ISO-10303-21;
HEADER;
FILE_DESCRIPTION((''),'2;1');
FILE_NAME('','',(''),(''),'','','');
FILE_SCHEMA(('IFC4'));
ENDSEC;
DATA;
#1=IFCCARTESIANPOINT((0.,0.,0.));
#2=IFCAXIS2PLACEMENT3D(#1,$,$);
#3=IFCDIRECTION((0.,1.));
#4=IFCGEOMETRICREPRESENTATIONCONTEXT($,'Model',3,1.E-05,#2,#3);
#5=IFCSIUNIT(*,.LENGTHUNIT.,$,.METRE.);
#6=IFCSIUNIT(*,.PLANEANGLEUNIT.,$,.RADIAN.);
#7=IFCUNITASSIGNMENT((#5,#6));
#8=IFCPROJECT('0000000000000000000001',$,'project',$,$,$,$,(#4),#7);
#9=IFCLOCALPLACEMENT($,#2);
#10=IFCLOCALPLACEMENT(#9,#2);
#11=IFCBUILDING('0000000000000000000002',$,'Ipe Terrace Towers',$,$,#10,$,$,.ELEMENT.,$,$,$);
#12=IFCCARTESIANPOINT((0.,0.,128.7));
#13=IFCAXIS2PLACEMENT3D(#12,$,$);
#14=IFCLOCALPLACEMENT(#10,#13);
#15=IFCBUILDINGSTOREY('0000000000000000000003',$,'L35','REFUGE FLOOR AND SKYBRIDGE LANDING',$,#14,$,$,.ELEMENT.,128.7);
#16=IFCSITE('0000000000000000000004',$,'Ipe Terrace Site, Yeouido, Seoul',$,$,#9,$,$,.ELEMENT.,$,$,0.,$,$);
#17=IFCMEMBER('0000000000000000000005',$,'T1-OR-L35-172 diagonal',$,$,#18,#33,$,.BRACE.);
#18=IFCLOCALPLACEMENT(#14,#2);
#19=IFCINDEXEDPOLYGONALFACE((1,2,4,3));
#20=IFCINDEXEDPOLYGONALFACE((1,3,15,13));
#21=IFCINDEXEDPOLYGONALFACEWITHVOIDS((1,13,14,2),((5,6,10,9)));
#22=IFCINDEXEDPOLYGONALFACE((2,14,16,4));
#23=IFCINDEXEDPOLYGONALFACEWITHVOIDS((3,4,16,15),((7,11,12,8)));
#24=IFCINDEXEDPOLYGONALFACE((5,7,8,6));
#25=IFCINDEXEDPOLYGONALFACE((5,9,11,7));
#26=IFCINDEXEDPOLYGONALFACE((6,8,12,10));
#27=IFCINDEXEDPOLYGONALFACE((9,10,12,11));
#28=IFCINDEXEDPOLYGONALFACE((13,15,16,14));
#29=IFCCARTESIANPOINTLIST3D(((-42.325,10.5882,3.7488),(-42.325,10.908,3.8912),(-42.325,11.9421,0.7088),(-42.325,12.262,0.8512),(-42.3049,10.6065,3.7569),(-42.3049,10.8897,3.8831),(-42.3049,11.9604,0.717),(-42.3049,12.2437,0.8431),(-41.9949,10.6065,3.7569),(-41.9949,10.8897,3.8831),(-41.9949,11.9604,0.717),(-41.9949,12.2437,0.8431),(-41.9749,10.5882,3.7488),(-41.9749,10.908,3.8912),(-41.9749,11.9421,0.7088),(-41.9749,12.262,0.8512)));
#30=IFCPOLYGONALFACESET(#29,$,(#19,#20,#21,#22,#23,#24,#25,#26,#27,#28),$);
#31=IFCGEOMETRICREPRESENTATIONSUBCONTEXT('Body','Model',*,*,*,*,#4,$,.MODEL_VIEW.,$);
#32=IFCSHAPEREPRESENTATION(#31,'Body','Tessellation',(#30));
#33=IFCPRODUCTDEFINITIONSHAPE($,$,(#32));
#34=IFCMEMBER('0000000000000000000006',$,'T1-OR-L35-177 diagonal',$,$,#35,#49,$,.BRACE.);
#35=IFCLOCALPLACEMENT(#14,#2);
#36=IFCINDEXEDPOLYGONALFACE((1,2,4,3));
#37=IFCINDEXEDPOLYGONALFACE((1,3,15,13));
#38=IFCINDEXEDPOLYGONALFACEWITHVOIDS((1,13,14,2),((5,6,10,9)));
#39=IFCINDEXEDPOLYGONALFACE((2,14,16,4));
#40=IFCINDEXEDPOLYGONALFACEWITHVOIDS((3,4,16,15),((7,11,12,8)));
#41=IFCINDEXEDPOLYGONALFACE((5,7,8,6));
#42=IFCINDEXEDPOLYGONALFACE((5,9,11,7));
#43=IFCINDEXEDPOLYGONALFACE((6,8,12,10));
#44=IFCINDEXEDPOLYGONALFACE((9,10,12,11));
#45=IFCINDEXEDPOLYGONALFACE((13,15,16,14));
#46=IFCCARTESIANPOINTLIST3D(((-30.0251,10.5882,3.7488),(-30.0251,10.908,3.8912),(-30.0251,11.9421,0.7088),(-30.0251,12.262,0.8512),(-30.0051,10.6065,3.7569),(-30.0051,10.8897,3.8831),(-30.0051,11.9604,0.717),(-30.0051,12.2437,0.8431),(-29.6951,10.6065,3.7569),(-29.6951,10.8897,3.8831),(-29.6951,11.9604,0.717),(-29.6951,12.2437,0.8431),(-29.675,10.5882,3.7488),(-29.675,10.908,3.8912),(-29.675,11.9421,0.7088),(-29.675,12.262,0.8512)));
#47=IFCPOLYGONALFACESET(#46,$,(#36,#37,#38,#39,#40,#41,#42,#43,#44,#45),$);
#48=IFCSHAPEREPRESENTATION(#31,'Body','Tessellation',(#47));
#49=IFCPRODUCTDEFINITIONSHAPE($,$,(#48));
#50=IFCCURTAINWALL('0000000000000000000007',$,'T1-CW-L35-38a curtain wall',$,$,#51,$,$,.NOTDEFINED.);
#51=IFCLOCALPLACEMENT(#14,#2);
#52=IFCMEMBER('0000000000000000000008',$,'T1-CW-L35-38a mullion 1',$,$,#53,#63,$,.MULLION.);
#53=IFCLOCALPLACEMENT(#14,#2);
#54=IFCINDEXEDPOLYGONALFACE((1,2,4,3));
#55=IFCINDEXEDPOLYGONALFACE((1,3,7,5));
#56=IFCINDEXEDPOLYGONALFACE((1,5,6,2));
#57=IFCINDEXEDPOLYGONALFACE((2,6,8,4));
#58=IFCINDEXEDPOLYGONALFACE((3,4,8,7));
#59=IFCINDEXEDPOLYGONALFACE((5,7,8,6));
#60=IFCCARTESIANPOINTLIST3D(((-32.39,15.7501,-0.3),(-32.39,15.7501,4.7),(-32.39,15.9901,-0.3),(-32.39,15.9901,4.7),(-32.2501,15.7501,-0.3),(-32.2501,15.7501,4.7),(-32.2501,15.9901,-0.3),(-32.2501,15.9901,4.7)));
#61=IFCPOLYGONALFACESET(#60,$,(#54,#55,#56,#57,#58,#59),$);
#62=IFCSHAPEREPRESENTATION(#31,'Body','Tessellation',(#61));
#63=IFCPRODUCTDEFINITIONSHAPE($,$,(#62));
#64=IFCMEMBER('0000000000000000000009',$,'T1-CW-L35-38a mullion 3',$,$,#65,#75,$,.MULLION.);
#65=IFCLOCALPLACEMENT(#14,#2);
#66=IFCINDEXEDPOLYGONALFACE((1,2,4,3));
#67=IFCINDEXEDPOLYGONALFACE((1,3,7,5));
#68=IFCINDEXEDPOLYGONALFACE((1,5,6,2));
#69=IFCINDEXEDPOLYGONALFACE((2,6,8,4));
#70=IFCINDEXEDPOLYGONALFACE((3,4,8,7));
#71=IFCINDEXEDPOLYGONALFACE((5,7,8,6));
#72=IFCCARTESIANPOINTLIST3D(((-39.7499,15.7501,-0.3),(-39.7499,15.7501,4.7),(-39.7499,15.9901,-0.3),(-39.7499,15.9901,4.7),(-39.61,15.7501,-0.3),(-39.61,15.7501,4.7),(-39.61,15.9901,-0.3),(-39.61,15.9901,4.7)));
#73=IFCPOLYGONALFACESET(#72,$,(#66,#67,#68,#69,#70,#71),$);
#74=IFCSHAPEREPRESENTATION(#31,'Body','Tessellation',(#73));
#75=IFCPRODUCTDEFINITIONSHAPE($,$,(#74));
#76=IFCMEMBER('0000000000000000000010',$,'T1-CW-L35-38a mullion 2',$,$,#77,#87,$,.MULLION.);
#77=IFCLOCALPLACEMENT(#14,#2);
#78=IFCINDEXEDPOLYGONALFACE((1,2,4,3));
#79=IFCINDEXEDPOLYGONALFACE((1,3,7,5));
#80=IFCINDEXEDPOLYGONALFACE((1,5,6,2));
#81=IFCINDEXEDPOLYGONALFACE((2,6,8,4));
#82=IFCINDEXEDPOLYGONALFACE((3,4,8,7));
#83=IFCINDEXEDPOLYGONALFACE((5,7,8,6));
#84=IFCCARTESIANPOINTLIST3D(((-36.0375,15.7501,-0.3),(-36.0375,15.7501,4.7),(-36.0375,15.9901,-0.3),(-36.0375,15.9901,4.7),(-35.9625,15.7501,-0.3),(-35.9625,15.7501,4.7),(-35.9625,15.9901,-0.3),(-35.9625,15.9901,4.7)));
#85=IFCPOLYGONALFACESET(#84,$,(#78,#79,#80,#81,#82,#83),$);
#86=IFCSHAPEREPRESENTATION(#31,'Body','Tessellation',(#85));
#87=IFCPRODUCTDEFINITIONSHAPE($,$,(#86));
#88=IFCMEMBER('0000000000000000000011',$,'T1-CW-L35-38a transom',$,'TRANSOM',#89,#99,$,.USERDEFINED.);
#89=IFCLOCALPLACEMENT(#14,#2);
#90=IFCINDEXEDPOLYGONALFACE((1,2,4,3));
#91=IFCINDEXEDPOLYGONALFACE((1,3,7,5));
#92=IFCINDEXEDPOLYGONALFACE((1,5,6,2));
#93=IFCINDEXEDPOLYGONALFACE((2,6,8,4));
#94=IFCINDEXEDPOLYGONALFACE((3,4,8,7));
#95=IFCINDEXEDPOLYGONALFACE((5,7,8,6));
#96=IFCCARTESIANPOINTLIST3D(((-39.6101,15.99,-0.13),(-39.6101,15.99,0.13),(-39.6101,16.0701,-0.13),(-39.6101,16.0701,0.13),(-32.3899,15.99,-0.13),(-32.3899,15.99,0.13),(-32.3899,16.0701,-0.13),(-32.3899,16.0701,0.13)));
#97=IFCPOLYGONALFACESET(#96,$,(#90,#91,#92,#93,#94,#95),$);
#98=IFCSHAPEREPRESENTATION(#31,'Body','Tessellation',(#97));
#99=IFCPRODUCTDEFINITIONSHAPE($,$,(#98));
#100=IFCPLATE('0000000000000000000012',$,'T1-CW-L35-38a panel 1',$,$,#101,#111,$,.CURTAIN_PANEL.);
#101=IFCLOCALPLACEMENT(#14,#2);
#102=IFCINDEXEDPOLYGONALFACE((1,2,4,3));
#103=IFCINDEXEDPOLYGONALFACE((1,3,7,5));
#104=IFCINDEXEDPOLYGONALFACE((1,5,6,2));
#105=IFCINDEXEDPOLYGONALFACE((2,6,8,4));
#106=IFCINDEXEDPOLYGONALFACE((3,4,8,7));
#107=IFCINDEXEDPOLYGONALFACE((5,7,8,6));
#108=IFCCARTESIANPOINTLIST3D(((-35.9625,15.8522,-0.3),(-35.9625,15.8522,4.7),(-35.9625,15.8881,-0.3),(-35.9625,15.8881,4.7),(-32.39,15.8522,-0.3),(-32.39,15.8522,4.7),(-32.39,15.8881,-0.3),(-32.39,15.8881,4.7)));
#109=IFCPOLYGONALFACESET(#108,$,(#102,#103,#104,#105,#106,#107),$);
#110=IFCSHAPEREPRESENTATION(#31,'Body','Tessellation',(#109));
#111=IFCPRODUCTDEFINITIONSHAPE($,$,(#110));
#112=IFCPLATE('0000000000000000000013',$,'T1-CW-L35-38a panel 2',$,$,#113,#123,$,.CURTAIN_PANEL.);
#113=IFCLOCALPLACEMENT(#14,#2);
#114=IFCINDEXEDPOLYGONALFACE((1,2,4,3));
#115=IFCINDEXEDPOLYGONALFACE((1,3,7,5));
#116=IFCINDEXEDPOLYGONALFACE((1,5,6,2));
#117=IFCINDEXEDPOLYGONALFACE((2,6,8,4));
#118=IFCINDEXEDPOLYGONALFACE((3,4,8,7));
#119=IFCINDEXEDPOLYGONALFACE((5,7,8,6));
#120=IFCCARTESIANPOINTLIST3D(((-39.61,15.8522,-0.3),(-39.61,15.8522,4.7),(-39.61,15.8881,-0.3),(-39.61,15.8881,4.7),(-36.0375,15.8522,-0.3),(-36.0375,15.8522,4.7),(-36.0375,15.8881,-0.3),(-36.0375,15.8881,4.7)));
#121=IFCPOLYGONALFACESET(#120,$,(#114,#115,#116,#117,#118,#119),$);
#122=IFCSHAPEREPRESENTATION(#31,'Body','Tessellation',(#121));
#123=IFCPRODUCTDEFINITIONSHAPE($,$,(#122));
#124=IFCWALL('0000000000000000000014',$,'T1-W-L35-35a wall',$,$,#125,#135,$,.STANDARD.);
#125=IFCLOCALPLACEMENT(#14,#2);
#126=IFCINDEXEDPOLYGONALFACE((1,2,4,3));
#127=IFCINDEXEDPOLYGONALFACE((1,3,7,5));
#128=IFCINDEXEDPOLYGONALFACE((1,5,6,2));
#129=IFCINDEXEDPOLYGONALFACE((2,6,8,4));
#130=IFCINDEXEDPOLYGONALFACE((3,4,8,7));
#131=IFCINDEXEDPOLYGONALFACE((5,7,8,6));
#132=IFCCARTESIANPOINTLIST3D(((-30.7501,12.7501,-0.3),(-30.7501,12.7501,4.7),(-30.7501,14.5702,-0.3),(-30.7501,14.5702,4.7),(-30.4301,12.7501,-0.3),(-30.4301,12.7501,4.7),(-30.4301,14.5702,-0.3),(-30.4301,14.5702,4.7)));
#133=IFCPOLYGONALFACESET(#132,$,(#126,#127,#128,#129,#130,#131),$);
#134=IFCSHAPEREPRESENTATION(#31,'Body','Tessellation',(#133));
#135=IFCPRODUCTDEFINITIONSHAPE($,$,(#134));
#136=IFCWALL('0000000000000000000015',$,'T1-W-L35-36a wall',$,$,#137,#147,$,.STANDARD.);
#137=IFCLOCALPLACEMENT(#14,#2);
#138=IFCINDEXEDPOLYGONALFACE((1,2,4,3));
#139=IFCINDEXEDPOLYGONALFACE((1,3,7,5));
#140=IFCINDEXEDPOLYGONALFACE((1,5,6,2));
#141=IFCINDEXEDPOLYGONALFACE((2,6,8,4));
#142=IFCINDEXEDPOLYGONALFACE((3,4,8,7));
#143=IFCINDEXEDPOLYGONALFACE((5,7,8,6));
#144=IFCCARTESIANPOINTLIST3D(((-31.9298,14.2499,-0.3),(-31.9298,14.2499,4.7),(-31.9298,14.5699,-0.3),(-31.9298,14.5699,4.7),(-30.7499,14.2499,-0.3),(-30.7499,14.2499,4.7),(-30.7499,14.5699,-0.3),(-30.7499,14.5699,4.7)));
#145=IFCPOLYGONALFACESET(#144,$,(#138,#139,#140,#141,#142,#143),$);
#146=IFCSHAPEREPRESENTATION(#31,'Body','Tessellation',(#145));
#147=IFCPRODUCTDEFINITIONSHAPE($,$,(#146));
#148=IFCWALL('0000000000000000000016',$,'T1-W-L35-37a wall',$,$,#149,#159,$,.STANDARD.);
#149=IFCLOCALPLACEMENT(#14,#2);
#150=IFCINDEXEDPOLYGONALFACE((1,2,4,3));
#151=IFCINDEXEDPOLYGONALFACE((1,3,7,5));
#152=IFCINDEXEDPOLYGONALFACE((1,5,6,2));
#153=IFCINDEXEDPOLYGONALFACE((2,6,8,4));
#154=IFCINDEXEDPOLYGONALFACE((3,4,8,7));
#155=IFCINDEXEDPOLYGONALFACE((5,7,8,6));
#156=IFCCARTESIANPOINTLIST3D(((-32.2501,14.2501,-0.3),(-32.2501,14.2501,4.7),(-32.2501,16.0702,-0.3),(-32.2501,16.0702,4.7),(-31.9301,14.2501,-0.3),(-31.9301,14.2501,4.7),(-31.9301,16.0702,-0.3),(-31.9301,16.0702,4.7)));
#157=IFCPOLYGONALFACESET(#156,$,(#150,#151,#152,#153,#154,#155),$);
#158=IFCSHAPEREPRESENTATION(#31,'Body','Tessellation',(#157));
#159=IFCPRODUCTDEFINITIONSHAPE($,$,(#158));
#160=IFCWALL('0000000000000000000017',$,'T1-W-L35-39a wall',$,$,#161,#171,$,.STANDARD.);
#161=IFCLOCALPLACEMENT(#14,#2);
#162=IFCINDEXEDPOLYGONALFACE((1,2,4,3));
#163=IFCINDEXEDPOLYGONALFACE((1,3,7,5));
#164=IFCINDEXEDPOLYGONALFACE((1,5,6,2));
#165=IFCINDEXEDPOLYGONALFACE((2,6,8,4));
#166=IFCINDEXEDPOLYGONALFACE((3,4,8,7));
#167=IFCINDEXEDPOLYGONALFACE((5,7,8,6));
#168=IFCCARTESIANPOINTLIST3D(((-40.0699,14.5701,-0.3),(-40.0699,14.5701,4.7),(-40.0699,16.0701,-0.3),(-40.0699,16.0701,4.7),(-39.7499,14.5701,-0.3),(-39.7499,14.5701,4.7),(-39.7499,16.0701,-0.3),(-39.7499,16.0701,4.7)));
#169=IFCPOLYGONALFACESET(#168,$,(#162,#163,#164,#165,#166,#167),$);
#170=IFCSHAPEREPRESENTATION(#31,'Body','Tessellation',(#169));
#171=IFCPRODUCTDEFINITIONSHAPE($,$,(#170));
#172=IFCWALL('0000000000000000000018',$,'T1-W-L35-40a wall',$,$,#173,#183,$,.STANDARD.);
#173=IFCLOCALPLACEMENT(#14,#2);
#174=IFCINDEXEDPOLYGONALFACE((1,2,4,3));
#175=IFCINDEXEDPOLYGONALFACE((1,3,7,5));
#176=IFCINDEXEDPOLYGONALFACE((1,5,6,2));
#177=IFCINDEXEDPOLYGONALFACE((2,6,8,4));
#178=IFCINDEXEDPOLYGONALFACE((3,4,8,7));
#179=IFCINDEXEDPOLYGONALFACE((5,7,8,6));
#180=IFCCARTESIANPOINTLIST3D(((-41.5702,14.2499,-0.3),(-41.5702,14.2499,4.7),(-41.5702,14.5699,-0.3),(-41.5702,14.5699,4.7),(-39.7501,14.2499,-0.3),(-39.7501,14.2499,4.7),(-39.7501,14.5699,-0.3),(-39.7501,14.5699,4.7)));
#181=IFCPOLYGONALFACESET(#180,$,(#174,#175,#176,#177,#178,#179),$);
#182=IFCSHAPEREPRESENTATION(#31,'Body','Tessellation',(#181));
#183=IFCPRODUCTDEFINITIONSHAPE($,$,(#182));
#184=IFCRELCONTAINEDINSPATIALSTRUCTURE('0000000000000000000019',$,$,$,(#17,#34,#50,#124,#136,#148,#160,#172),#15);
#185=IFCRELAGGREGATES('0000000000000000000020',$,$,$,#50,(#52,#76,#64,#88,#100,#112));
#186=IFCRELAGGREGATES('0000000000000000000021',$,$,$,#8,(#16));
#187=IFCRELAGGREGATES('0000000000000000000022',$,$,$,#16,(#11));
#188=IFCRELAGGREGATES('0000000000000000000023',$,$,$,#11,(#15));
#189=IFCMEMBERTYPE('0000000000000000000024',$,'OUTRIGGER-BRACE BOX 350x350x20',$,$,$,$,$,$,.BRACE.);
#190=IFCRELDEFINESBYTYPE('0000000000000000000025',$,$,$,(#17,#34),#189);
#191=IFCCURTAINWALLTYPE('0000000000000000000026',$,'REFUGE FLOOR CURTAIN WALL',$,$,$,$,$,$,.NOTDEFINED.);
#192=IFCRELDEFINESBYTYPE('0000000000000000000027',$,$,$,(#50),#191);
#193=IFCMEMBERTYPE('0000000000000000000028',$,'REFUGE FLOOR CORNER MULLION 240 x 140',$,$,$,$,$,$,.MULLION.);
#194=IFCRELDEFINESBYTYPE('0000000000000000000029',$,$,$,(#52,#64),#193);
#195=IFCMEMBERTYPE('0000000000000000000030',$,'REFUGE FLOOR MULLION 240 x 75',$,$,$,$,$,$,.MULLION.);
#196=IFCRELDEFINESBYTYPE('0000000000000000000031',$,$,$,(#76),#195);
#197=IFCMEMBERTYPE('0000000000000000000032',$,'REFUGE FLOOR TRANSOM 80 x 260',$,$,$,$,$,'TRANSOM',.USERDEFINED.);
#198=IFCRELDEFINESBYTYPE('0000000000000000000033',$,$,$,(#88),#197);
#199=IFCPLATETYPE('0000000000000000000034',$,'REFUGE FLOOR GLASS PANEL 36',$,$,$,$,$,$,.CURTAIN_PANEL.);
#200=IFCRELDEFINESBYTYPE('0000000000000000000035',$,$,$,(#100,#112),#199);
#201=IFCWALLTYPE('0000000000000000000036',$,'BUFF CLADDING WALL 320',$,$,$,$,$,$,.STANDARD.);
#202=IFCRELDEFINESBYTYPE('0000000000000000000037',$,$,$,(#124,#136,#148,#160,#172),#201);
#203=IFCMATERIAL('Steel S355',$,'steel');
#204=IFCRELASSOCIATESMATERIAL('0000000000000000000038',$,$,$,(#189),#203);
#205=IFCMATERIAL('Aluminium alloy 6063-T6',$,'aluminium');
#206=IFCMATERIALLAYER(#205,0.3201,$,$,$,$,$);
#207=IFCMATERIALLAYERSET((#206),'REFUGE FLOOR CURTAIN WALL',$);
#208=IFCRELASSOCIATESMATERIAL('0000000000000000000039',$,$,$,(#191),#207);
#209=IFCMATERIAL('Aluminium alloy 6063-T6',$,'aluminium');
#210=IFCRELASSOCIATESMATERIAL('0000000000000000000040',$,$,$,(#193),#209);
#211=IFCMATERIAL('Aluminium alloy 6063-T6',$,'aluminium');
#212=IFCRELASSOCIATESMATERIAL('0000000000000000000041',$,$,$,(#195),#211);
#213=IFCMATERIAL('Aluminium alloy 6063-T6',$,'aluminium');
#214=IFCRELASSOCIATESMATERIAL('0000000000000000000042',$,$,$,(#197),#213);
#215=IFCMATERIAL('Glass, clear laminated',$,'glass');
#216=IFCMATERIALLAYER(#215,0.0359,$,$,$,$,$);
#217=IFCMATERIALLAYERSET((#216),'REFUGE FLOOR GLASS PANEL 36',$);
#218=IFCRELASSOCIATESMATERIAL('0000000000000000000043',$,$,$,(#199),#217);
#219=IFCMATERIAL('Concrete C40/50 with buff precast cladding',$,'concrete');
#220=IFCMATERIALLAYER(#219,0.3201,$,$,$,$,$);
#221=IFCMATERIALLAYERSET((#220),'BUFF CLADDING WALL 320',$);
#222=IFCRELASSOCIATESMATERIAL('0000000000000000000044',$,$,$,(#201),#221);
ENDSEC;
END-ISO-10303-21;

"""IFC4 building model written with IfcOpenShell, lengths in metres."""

from ifc_helpers import new_model, si_unit, direction, frame, frame_2d, origin, origin_2d, place, context, subcontext, project, spatial, rectangle, hollow_rectangle, extrude, material, layer, layer_set, material_profile, profile_set, type_object, element, aggregate, save


model = new_model("IFC4")

# Units and contexts
model_context = context("Model", 3, precision=1e-05, world=origin(), true_north=direction((0.0, 1.0)))
body_context = subcontext(model_context, "Body", "Model", "MODEL_VIEW")
ifc_project = project(units=[si_unit("LENGTHUNIT", "METRE"), si_unit("PLANEANGLEUNIT", "RADIAN")], contexts=[model_context])

# Site, building, storey
site_placement = place(None, origin())
site = spatial("IfcSite", under=ifc_project, at=site_placement, Name="Ipe Terrace Site, Yeouido, Seoul", CompositionType="ELEMENT", RefElevation=0.0)
building_placement = place(site_placement, origin())
building = spatial("IfcBuilding", under=site, at=building_placement, Name="Ipe Terrace Towers", CompositionType="ELEMENT")
storey_placement = place(building_placement, frame((0.0, 0.0, 128.7)))
storey = spatial("IfcBuildingStorey", under=building, at=storey_placement, Name="L35", Description="REFUGE FLOOR AND SKYBRIDGE LANDING", CompositionType="ELEMENT", Elevation=128.7)

# Members
ifc_material_1 = material(Name="Steel S355", Category="steel")
ifc_material_profile_1 = material_profile(ifc_material_1, hollow_rectangle(XDim=0.3501, YDim=0.3501, WallThickness=0.02, at=origin_2d()), Name="OUTRIGGER-BRACE BOX 350x350x20")
ifc_profile_set_1 = profile_set([ifc_material_profile_1], Name="Steel S355")
member_type_1 = type_object("IfcMemberType", Name="OUTRIGGER-BRACE BOX 350x350x20", PredefinedType="BRACE", material=ifc_profile_set_1)
for number, where, z_axis, x_axis, name in (
    (1, (-42.1499, 12.1021, 0.78), (0.0, -0.40686, 0.913491), (1.0, 0.0, 0.0), "T1-OR-L35-172 diagonal"),
    (2, (-29.8501, 12.1021, 0.78), (0.0, -0.40686, 0.913491), (1.0, 0.0, 0.0), "T1-OR-L35-177 diagonal"),
):
    element("IfcMember", number, at=place(storey_placement, frame(where, z_axis=z_axis, x_axis=x_axis)), inside=storey, type_object=member_type_1, Name=name, PredefinedType="BRACE", context=body_context, shape_type="SweptSolid", body=[
        extrude(hollow_rectangle(XDim=0.3501, YDim=0.3501, WallThickness=0.02, at=origin_2d()), origin(), (0.0, 0.0, 1.0), 3.3279),
    ])

# Curtain wall, members, plates
ifc_material_2 = material(Name="Aluminium alloy 6063-T6", Category="aluminium")
ifc_layer_1 = layer(ifc_material_2, 0.3201)
ifc_layer_set_1 = layer_set([ifc_layer_1], Name="REFUGE FLOOR CURTAIN WALL")
curtain_wall_type = type_object("IfcCurtainWallType", Name="REFUGE FLOOR CURTAIN WALL", PredefinedType="NOTDEFINED", material=ifc_layer_set_1)
curtain_wall_placement = place(storey_placement, origin())
curtain_wall = element("IfcCurtainWall", 3, at=curtain_wall_placement, inside=storey, type_object=curtain_wall_type, Name="T1-CW-L35-38a curtain wall", PredefinedType="NOTDEFINED")
ifc_material_3 = material(Name="Aluminium alloy 6063-T6", Category="aluminium")
ifc_material_profile_2 = material_profile(ifc_material_3, rectangle(XDim=0.24, YDim=0.1399, at=origin_2d()), Name="REFUGE FLOOR CORNER MULLION 240 x 140")
ifc_profile_set_2 = profile_set([ifc_material_profile_2], Name="Aluminium alloy 6063-T6")
member_type_2 = type_object("IfcMemberType", Name="REFUGE FLOOR CORNER MULLION 240 x 140", PredefinedType="MULLION", material=ifc_profile_set_2)
member_1_placement = place(storey_placement, frame((-32.3201, 15.8701, -0.3), z_axis=(0.0, 0.0, 1.0), x_axis=(0.0, 1.0, 0.0)))
member_1 = element("IfcMember", 4, at=member_1_placement, type_object=member_type_2, Name="T1-CW-L35-38a mullion 1", PredefinedType="MULLION", context=body_context, shape_type="SweptSolid", body=[
    extrude(rectangle(XDim=0.24, YDim=0.1399, at=origin_2d()), origin(), (0.0, 0.0, 1.0), 5.0),
])
member_2_placement = place(storey_placement, frame((-39.6799, 15.8701, -0.3), z_axis=(0.0, 0.0, 1.0), x_axis=(0.0, 1.0, 0.0)))
member_2 = element("IfcMember", 5, at=member_2_placement, type_object=member_type_2, Name="T1-CW-L35-38a mullion 3", PredefinedType="MULLION", context=body_context, shape_type="SweptSolid", body=[
    extrude(rectangle(XDim=0.24, YDim=0.1399, at=origin_2d()), origin(), (0.0, 0.0, 1.0), 5.0),
])
ifc_material_4 = material(Name="Aluminium alloy 6063-T6", Category="aluminium")
ifc_material_profile_3 = material_profile(ifc_material_4, rectangle(XDim=0.24, YDim=0.075, at=origin_2d()), Name="REFUGE FLOOR MULLION 240 x 75")
ifc_profile_set_3 = profile_set([ifc_material_profile_3], Name="Aluminium alloy 6063-T6")
member_type_3 = type_object("IfcMemberType", Name="REFUGE FLOOR MULLION 240 x 75", PredefinedType="MULLION", material=ifc_profile_set_3)
member_3_placement = place(storey_placement, frame((-36.0, 15.8701, -0.3), z_axis=(0.0, 0.0, 1.0), x_axis=(0.0, 1.0, 0.0)))
member_3 = element("IfcMember", 6, at=member_3_placement, type_object=member_type_3, Name="T1-CW-L35-38a mullion 2", PredefinedType="MULLION", context=body_context, shape_type="SweptSolid", body=[
    extrude(rectangle(XDim=0.24, YDim=0.075, at=origin_2d()), origin(), (0.0, 0.0, 1.0), 5.0),
])
ifc_material_5 = material(Name="Aluminium alloy 6063-T6", Category="aluminium")
ifc_material_profile_4 = material_profile(ifc_material_5, rectangle(XDim=0.0801, YDim=0.26, at=origin_2d()), Name="REFUGE FLOOR TRANSOM 80 x 260")
ifc_profile_set_4 = profile_set([ifc_material_profile_4], Name="Aluminium alloy 6063-T6")
member_type_4 = type_object("IfcMemberType", Name="REFUGE FLOOR TRANSOM 80 x 260", ElementType="TRANSOM", PredefinedType="USERDEFINED", material=ifc_profile_set_4)
member_4_placement = place(storey_placement, frame((-32.3899, 16.03, 0.0), z_axis=(-1.0, 0.0, 0.0), x_axis=(0.0, 1.0, 0.0)))
member_4 = element("IfcMember", 7, at=member_4_placement, type_object=member_type_4, Name="T1-CW-L35-38a transom", ObjectType="TRANSOM", PredefinedType="USERDEFINED", context=body_context, shape_type="SweptSolid", body=[
    extrude(rectangle(XDim=0.0801, YDim=0.26, at=origin_2d()), origin(), (0.0, 0.0, 1.0), 7.2202),
])
ifc_material_6 = material(Name="Glass, clear laminated", Category="glass")
ifc_layer_2 = layer(ifc_material_6, 0.0359)
ifc_layer_set_2 = layer_set([ifc_layer_2], Name="REFUGE FLOOR GLASS PANEL 36")
plate_type = type_object("IfcPlateType", Name="REFUGE FLOOR GLASS PANEL 36", PredefinedType="CURTAIN_PANEL", material=ifc_layer_set_2)
plate_1_placement = place(storey_placement, frame((-34.1763, 15.8701, -0.3), z_axis=(0.0, 0.0, 1.0), x_axis=(-1.0, 0.0, 0.0)))
plate_1 = element("IfcPlate", 8, at=plate_1_placement, type_object=plate_type, Name="T1-CW-L35-38a panel 1", PredefinedType="CURTAIN_PANEL", context=body_context, shape_type="SweptSolid", body=[
    extrude(rectangle(XDim=3.5725, YDim=0.0359, at=origin_2d()), origin(), (0.0, 0.0, 1.0), 5.0),
])
plate_2_placement = place(storey_placement, frame((-37.8237, 15.8701, -0.3), z_axis=(0.0, 0.0, 1.0), x_axis=(-1.0, 0.0, 0.0)))
plate_2 = element("IfcPlate", 9, at=plate_2_placement, type_object=plate_type, Name="T1-CW-L35-38a panel 2", PredefinedType="CURTAIN_PANEL", context=body_context, shape_type="SweptSolid", body=[
    extrude(rectangle(XDim=3.5725, YDim=0.0359, at=origin_2d()), origin(), (0.0, 0.0, 1.0), 5.0),
])
aggregate(curtain_wall, [member_1, member_3, member_2, member_4, plate_1, plate_2])

# Walls
ifc_material_7 = material(Name="Concrete C40/50 with buff precast cladding", Category="concrete")
ifc_layer_3 = layer(ifc_material_7, 0.3201)
ifc_layer_set_3 = layer_set([ifc_layer_3], Name="BUFF CLADDING WALL 320")
wall_type = type_object("IfcWallType", Name="BUFF CLADDING WALL 320", PredefinedType="STANDARD", material=ifc_layer_set_3)
wall_1_placement = place(storey_placement, frame((-30.5901, 12.75, -0.3), z_axis=(0.0, 0.0, 1.0), x_axis=(0.0, 1.0, 0.0)))
element("IfcWall", 10, at=wall_1_placement, inside=storey, type_object=wall_type, Name="T1-W-L35-35a wall", PredefinedType="STANDARD", context=body_context, shape_type="SweptSolid", body=[
    extrude(rectangle(XDim=1.8201, YDim=0.3201, at=frame_2d((0.9102, 0.0))), origin(), (0.0, 0.0, 1.0), 5.0),
])
wall_2_placement = place(storey_placement, frame((-30.75, 14.4099, -0.3), z_axis=(0.0, 0.0, 1.0), x_axis=(-1.0, 0.0, 0.0)))
element("IfcWall", 11, at=wall_2_placement, inside=storey, type_object=wall_type, Name="T1-W-L35-36a wall", PredefinedType="STANDARD", context=body_context, shape_type="SweptSolid", body=[
    extrude(rectangle(XDim=1.1799, YDim=0.3201, at=frame_2d((0.5898, 0.0))), origin(), (0.0, 0.0, 1.0), 5.0),
])
wall_3_placement = place(storey_placement, frame((-32.0901, 14.25, -0.3), z_axis=(0.0, 0.0, 1.0), x_axis=(0.0, 1.0, 0.0)))
element("IfcWall", 12, at=wall_3_placement, inside=storey, type_object=wall_type, Name="T1-W-L35-37a wall", PredefinedType="STANDARD", context=body_context, shape_type="SweptSolid", body=[
    extrude(rectangle(XDim=1.8201, YDim=0.3201, at=frame_2d((0.9102, 0.0))), origin(), (0.0, 0.0, 1.0), 5.0),
])
wall_4_placement = place(storey_placement, frame((-39.9099, 16.0701, -0.3), z_axis=(0.0, 0.0, 1.0), x_axis=(0.0, -1.0, 0.0)))
element("IfcWall", 13, at=wall_4_placement, inside=storey, type_object=wall_type, Name="T1-W-L35-39a wall", PredefinedType="STANDARD", context=body_context, shape_type="SweptSolid", body=[
    extrude(rectangle(XDim=1.5, YDim=0.3201, at=frame_2d((0.75, 0.0))), origin(), (0.0, 0.0, 1.0), 5.0),
])
wall_5_placement = place(storey_placement, frame((-39.75, 14.4099, -0.3), z_axis=(0.0, 0.0, 1.0), x_axis=(-1.0, 0.0, 0.0)))
element("IfcWall", 14, at=wall_5_placement, inside=storey, type_object=wall_type, Name="T1-W-L35-40a wall", PredefinedType="STANDARD", context=body_context, shape_type="SweptSolid", body=[
    extrude(rectangle(XDim=1.8201, YDim=0.3201, at=frame_2d((0.9102, 0.0))), origin(), (0.0, 0.0, 1.0), 5.0),
])

save(model, "model.ifc")
